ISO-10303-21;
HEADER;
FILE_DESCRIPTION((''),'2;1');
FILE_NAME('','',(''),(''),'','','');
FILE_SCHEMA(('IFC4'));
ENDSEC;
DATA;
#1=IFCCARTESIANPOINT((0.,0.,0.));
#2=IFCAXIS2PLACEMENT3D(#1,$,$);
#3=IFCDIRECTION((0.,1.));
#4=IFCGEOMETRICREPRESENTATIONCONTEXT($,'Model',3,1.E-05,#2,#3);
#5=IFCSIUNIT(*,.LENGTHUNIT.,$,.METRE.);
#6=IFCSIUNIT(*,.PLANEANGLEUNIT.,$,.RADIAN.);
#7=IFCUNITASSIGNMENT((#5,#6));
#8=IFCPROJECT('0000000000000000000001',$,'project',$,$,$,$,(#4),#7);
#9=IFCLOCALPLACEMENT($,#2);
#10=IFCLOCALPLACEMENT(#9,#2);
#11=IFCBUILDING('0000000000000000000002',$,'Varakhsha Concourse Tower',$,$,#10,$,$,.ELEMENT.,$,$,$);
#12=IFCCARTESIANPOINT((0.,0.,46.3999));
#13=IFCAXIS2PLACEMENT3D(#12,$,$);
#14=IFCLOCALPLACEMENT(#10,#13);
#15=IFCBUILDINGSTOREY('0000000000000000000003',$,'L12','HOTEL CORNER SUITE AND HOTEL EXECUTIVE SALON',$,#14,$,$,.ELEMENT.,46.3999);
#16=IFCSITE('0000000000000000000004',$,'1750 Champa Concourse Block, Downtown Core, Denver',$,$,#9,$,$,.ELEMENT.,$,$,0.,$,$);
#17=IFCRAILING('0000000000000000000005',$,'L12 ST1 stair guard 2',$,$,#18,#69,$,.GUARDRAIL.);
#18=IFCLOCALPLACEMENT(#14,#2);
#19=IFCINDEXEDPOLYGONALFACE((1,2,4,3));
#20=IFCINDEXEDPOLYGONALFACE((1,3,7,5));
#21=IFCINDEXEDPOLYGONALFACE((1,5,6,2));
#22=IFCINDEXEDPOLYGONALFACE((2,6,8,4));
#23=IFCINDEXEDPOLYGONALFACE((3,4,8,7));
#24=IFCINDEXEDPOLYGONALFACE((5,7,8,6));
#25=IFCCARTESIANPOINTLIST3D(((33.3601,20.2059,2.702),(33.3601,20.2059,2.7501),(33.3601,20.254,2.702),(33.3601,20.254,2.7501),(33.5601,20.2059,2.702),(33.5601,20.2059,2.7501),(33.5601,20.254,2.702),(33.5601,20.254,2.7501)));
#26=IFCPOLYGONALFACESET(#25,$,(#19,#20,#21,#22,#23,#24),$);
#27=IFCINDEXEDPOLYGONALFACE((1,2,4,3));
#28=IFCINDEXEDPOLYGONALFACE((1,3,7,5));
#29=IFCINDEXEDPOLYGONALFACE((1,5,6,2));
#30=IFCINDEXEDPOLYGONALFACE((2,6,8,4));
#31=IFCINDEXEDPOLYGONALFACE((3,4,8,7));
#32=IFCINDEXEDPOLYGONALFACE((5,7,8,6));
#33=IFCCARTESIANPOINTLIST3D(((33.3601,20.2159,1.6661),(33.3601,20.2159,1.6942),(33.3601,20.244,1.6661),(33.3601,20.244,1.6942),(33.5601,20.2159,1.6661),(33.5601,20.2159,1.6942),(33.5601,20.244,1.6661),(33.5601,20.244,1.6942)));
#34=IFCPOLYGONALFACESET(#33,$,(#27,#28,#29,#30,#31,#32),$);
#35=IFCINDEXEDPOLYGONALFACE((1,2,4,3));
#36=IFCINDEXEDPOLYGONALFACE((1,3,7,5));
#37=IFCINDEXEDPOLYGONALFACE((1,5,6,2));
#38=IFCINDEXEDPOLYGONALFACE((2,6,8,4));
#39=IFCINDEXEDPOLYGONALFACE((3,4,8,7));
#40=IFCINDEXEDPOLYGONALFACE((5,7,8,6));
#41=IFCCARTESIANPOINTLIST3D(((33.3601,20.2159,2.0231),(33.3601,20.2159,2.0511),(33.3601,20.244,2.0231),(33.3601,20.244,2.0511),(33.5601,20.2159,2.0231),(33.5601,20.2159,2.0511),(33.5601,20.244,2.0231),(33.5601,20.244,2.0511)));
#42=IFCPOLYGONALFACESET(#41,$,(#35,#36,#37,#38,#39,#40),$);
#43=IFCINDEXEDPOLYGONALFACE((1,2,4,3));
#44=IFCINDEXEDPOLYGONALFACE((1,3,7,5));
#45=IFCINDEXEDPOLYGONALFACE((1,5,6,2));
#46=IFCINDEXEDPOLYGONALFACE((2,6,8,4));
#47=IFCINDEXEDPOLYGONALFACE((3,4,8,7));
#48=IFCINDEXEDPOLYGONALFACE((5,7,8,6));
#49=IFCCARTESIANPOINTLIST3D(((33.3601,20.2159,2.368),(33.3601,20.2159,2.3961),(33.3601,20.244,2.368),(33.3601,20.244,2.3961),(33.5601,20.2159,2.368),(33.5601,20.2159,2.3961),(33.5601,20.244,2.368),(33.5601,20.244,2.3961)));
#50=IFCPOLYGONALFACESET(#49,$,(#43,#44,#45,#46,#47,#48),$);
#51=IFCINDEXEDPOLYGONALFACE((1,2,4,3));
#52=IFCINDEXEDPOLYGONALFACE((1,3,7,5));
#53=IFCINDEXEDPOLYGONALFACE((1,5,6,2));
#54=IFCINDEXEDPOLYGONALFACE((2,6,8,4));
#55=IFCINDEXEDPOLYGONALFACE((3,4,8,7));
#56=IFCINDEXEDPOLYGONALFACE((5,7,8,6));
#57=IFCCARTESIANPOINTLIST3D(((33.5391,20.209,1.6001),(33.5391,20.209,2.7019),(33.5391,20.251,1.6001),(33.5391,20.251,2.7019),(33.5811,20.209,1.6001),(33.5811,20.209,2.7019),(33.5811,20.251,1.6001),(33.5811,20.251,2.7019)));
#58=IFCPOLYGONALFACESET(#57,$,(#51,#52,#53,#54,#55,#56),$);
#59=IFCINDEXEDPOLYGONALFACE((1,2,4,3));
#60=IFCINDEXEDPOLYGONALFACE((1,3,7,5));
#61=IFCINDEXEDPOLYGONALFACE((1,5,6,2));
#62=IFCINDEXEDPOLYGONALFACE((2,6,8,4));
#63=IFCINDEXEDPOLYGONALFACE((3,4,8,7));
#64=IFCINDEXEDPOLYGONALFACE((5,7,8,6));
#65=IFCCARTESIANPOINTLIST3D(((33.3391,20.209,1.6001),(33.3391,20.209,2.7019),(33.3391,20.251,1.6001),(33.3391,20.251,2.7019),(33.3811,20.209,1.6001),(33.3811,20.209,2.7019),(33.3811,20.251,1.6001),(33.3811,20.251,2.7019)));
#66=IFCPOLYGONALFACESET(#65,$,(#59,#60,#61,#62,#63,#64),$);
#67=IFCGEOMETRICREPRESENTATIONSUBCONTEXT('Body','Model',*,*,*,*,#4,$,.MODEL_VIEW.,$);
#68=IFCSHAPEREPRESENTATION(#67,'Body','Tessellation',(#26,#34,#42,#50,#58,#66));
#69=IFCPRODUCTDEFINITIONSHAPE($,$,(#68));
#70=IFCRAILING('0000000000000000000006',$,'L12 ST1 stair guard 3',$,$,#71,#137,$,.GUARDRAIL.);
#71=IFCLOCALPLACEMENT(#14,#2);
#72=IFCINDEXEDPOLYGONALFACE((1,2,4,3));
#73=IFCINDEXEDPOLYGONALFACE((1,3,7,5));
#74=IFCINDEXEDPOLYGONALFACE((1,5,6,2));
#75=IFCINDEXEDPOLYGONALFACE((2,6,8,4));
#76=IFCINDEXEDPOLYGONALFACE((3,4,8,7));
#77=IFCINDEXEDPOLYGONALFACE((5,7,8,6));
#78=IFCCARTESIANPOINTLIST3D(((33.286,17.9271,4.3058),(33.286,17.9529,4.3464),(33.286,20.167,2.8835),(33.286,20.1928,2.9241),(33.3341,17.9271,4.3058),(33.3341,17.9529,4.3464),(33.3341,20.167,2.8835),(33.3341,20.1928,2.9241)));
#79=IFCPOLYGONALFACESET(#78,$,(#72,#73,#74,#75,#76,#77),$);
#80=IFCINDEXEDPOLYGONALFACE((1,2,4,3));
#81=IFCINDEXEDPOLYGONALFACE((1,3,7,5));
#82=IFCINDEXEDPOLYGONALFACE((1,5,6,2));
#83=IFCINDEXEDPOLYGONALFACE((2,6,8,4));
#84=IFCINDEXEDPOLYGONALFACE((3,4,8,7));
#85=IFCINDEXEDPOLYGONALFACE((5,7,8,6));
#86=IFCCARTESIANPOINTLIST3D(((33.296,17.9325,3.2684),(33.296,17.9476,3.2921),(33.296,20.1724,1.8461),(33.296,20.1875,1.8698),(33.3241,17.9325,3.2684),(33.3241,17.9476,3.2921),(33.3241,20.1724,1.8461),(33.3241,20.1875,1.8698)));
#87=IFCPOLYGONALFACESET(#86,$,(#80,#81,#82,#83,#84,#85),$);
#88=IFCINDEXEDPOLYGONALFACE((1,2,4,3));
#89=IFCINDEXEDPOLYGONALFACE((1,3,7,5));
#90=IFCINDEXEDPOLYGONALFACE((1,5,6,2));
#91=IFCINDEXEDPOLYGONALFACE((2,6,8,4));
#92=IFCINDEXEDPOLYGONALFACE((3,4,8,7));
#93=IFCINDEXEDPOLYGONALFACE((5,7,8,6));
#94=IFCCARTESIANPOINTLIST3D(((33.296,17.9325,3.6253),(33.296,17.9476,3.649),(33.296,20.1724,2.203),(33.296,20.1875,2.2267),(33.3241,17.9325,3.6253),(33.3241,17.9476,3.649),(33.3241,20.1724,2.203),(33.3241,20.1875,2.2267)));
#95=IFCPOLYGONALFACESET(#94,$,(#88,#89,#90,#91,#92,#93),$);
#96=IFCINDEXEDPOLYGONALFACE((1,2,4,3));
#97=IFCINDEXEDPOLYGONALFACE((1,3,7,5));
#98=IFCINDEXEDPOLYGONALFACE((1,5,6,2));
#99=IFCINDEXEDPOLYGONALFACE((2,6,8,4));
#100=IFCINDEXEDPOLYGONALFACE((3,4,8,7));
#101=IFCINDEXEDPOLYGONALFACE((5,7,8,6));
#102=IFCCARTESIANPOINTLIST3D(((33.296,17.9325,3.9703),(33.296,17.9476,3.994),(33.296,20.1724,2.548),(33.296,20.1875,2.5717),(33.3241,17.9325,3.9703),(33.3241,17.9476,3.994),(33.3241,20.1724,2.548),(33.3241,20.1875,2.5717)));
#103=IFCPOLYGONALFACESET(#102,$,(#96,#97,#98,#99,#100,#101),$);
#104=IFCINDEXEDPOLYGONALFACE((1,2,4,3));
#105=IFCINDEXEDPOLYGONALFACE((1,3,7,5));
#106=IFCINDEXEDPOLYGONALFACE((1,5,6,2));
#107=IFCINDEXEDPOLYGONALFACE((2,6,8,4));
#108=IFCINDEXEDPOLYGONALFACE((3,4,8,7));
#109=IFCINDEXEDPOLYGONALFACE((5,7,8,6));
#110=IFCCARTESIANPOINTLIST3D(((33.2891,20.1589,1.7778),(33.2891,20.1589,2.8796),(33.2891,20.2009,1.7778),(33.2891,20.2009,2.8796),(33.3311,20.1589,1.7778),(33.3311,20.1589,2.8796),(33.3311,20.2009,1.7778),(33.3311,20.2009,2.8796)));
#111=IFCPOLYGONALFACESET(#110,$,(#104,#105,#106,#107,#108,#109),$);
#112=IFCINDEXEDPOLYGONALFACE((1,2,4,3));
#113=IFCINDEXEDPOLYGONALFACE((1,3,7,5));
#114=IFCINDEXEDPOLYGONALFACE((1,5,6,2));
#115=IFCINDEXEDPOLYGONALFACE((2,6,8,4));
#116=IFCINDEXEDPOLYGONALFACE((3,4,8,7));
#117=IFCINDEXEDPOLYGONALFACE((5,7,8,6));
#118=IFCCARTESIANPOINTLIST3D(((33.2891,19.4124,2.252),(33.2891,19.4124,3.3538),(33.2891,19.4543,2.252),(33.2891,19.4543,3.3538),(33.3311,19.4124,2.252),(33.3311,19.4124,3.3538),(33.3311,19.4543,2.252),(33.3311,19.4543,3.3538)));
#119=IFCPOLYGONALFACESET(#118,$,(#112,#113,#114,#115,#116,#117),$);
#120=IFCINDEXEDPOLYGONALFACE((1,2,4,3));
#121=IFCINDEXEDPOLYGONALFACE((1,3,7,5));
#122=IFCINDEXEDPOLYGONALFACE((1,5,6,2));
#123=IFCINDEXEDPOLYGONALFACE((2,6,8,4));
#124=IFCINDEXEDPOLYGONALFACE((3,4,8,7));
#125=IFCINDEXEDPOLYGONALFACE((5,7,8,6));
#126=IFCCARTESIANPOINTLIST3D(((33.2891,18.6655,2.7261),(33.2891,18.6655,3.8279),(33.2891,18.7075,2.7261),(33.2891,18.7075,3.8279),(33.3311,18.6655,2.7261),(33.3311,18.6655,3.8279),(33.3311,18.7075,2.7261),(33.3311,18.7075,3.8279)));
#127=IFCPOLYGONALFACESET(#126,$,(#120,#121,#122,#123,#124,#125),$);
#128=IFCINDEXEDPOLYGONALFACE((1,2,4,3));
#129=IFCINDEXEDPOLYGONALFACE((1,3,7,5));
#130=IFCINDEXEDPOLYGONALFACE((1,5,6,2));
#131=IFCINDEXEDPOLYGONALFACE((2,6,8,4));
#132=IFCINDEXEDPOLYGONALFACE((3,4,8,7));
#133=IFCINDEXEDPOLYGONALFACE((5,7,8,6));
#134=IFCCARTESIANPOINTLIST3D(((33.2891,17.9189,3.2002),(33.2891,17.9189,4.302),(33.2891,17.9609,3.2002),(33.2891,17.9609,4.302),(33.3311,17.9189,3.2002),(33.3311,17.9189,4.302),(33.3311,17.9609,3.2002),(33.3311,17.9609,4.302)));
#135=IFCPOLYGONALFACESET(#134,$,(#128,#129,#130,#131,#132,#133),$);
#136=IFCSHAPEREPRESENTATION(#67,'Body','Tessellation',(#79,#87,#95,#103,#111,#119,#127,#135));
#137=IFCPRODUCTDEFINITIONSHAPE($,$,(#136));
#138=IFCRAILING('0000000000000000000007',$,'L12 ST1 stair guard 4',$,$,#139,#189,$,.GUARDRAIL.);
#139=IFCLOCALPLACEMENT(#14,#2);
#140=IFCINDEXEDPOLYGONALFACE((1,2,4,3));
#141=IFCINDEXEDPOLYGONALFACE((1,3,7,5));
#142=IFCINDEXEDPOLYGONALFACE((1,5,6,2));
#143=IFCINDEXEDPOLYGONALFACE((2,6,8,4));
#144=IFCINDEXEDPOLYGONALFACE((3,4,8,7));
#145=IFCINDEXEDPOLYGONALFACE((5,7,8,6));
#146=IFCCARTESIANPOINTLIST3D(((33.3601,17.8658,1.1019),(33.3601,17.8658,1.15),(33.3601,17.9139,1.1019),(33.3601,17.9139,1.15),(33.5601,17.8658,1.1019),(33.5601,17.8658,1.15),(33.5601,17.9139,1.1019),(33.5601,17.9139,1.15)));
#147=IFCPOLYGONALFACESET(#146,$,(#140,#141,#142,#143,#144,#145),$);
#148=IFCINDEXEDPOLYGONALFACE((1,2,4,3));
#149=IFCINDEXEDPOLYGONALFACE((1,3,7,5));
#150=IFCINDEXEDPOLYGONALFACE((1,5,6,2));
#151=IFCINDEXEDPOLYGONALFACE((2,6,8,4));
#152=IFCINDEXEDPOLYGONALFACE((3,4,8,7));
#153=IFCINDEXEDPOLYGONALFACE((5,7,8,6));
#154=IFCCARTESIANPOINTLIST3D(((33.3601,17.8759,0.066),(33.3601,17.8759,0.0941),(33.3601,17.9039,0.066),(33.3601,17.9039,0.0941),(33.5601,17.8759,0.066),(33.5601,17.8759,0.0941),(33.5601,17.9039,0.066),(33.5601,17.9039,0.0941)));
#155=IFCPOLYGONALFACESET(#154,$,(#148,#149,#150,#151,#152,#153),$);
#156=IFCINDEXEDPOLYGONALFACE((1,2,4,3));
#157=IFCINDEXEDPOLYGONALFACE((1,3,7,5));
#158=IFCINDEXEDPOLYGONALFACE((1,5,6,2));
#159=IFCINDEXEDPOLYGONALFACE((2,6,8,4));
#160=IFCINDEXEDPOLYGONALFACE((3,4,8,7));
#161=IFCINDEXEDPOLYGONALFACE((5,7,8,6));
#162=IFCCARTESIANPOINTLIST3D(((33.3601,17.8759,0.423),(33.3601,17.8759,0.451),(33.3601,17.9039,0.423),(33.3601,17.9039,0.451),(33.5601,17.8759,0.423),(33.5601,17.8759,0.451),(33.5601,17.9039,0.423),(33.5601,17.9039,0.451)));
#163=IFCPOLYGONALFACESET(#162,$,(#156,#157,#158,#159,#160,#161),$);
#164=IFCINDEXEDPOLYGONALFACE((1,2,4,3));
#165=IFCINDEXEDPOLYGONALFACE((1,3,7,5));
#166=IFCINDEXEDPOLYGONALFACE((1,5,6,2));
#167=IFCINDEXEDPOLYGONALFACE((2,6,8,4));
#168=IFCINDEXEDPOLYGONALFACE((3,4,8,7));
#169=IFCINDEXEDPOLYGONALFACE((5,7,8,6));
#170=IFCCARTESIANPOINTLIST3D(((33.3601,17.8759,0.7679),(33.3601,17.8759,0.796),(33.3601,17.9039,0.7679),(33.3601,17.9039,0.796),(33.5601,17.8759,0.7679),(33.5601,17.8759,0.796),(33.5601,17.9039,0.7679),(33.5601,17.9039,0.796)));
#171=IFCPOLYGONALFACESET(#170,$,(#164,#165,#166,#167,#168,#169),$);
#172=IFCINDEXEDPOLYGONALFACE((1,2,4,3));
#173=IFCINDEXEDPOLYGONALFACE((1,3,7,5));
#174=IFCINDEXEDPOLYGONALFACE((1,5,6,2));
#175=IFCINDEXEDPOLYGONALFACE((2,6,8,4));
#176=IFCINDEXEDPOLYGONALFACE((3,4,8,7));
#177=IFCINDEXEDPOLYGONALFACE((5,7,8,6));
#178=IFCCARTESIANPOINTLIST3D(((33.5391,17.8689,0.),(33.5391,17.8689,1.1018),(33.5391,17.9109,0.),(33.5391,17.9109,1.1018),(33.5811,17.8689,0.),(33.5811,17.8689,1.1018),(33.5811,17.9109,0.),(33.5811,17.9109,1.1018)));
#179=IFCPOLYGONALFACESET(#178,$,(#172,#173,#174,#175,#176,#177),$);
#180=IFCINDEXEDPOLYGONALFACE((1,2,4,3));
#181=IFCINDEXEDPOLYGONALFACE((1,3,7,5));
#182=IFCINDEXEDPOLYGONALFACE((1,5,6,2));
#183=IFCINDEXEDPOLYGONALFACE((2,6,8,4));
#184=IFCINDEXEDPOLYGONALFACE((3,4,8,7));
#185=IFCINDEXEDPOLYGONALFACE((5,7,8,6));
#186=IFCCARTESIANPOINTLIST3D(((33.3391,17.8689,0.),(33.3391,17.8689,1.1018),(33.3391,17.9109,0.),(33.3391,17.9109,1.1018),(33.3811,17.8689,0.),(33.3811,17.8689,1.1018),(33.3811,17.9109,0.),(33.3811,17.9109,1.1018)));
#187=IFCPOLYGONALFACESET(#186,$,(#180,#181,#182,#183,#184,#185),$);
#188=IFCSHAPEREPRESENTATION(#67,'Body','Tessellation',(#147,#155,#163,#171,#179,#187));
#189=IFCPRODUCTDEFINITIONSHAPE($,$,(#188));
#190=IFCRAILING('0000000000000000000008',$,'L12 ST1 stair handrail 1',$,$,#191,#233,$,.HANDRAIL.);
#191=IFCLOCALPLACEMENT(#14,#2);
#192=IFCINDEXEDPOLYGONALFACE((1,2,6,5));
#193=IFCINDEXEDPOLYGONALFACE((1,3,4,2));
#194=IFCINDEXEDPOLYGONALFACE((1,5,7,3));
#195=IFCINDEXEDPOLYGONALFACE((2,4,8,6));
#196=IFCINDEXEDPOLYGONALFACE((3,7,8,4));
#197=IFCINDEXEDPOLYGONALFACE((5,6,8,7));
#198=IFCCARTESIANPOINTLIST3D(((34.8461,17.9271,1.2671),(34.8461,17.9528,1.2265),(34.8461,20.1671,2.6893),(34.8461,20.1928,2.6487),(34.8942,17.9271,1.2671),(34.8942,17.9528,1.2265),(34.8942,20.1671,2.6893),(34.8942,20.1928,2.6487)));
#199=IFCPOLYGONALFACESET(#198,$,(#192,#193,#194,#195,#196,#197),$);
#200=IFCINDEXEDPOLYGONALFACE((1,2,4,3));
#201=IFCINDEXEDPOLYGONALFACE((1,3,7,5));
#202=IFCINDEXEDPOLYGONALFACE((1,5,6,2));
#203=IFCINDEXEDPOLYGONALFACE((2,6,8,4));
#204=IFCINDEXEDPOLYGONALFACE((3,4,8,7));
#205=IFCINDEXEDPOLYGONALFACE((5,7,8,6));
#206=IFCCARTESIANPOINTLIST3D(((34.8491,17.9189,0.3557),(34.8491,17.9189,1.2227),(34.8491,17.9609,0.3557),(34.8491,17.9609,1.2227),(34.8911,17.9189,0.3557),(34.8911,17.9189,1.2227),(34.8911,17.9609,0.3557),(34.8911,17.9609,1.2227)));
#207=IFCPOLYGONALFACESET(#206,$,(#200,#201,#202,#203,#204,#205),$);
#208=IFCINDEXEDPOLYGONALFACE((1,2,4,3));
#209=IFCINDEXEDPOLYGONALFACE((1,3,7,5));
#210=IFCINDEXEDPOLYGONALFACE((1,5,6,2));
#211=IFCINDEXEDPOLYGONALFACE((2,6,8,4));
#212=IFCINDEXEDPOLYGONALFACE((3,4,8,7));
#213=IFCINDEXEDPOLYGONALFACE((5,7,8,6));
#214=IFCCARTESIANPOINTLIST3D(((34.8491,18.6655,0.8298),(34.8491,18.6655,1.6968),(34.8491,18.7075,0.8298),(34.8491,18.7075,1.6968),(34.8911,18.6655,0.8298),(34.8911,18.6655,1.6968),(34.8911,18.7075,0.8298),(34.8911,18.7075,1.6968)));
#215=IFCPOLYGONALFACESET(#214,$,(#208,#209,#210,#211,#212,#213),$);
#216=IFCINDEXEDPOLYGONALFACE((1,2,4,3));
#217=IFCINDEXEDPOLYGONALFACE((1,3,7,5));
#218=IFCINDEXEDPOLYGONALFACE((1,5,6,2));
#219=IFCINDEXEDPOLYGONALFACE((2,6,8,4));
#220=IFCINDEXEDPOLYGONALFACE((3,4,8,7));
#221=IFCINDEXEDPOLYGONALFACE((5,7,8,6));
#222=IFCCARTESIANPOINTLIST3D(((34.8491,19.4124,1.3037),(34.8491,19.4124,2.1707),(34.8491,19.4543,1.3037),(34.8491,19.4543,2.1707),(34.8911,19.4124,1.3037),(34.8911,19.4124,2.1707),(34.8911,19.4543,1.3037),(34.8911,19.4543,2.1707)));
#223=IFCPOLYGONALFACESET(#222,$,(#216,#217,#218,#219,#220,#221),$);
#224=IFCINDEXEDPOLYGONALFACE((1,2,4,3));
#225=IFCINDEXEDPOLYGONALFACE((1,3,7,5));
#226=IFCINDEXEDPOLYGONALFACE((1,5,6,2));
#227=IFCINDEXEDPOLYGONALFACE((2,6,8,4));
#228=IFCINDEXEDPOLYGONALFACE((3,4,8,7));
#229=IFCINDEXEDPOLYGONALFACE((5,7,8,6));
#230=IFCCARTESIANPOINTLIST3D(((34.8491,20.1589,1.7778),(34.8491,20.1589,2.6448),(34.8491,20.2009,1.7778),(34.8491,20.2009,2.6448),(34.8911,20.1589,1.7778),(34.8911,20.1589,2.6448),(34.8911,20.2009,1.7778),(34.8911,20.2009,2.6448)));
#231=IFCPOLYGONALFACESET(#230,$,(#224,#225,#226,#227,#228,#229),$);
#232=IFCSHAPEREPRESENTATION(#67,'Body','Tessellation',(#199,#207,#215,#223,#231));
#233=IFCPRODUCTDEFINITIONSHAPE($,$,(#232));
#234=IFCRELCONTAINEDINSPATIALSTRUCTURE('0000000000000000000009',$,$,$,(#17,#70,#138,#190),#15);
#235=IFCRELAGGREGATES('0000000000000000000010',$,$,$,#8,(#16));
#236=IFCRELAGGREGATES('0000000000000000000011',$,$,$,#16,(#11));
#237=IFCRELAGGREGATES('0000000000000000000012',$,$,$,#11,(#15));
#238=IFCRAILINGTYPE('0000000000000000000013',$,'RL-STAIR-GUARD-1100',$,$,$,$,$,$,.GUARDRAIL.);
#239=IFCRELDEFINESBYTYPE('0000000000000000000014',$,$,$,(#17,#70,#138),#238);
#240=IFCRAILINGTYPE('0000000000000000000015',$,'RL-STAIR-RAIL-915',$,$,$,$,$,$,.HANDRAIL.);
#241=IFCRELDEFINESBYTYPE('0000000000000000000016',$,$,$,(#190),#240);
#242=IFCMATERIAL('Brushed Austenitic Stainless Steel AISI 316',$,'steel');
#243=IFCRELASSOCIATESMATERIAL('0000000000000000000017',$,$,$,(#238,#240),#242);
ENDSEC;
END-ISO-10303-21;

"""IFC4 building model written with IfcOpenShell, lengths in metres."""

from ifc_helpers import new_model, si_unit, direction, frame, origin, origin_2d, place, context, subcontext, project, spatial, rectangle, extrude, material, type_object, element, save


model = new_model("IFC4")

# Units and contexts
model_context = context("Model", 3, precision=1e-05, world=origin(), true_north=direction((0.0, 1.0)))
body_context = subcontext(model_context, "Body", "Model", "MODEL_VIEW")
ifc_project = project(units=[si_unit("LENGTHUNIT", "METRE"), si_unit("PLANEANGLEUNIT", "RADIAN")], contexts=[model_context])

# Site, building, storey
site_placement = place(None, origin())
site = spatial("IfcSite", under=ifc_project, at=site_placement, Name="1750 Champa Concourse Block, Downtown Core, Denver", CompositionType="ELEMENT", RefElevation=0.0)
building_placement = place(site_placement, origin())
building = spatial("IfcBuilding", under=site, at=building_placement, Name="Varakhsha Concourse Tower", CompositionType="ELEMENT")
storey_placement = place(building_placement, frame((0.0, 0.0, 46.3999)))
storey = spatial("IfcBuildingStorey", under=building, at=storey_placement, Name="L12", Description="HOTEL CORNER SUITE AND HOTEL EXECUTIVE SALON", CompositionType="ELEMENT", Elevation=46.3999)

# Railings
ifc_material_1 = material(Name="Brushed Austenitic Stainless Steel AISI 316", Category="steel")
railing_type_1 = type_object("IfcRailingType", Name="RL-STAIR-GUARD-1100", PredefinedType="GUARDRAIL", material=ifc_material_1)
railing_1_placement = place(storey_placement, frame((33.5601, 20.23, 1.6001)))
element("IfcRailing", 1, at=railing_1_placement, inside=storey, type_object=railing_type_1, Name="L12 ST1 stair guard 2", PredefinedType="GUARDRAIL", context=body_context, shape_type="SweptSolid", body=[
    extrude(rectangle(XDim=0.0481, YDim=0.0481, at=origin_2d()), frame((0.0, 0.0, 1.126), z_axis=(-1.0, 0.0, 0.0), x_axis=(0.0, -1.0, 0.0)), (0.0, 0.0, 1.0), 0.2),
    extrude(rectangle(XDim=0.0281, YDim=0.0281, at=origin_2d()), frame((0.0, 0.0, 0.0801), z_axis=(-1.0, 0.0, 0.0), x_axis=(0.0, -1.0, 0.0)), (0.0, 0.0, 1.0), 0.2),
    extrude(rectangle(XDim=0.0281, YDim=0.0281, at=origin_2d()), frame((0.0, 0.0, 0.437), z_axis=(-1.0, 0.0, 0.0), x_axis=(0.0, -1.0, 0.0)), (0.0, 0.0, 1.0), 0.2),
    extrude(rectangle(XDim=0.0281, YDim=0.0281, at=origin_2d()), frame((0.0, 0.0, 0.782), z_axis=(-1.0, 0.0, 0.0), x_axis=(0.0, -1.0, 0.0)), (0.0, 0.0, 1.0), 0.2),
    extrude(rectangle(XDim=0.042, YDim=0.042, at=origin_2d()), origin(), (0.0, 0.0, 1.0), 1.1018),
    extrude(rectangle(XDim=0.042, YDim=0.042, at=origin_2d()), frame((-0.2, 0.0, 0.0)), (0.0, 0.0, 1.0), 1.1018),
])
railing_2_placement = place(storey_placement, frame((33.3101, 20.1799, 1.7778)))
element("IfcRailing", 2, at=railing_2_placement, inside=storey, type_object=railing_type_1, Name="L12 ST1 stair guard 3", PredefinedType="GUARDRAIL", context=body_context, shape_type="SweptSolid", body=[
    extrude(rectangle(XDim=0.0481, YDim=0.0481, at=origin_2d()), frame((0.0, 0.0, 1.126), z_axis=(0.0, -0.844188, 0.536048), x_axis=(1.0, 0.0, 0.0)), (0.0, 0.0, 1.0), 2.6533),
    extrude(rectangle(XDim=0.0281, YDim=0.0281, at=origin_2d()), frame((0.0, 0.0, 0.0801), z_axis=(0.0, -0.844188, 0.536048), x_axis=(1.0, 0.0, 0.0)), (0.0, 0.0, 1.0), 2.6533),
    extrude(rectangle(XDim=0.0281, YDim=0.0281, at=origin_2d()), frame((0.0, 0.0, 0.437), z_axis=(0.0, -0.844188, 0.536048), x_axis=(1.0, 0.0, 0.0)), (0.0, 0.0, 1.0), 2.6533),
    extrude(rectangle(XDim=0.0281, YDim=0.0281, at=origin_2d()), frame((0.0, 0.0, 0.782), z_axis=(0.0, -0.844188, 0.536048), x_axis=(1.0, 0.0, 0.0)), (0.0, 0.0, 1.0), 2.6533),
    extrude(rectangle(XDim=0.042, YDim=0.042, at=origin_2d()), origin(), (0.0, 0.0, 1.0), 1.1018),
    extrude(rectangle(XDim=0.042, YDim=0.042, at=origin_2d()), frame((0.0, -0.7466, 0.4741)), (0.0, 0.0, 1.0), 1.1018),
    extrude(rectangle(XDim=0.042, YDim=0.042, at=origin_2d()), frame((0.0, -1.4934, 0.9482)), (0.0, 0.0, 1.0), 1.1018),
    extrude(rectangle(XDim=0.042, YDim=0.042, at=origin_2d()), frame((0.0, -2.24, 1.4224)), (0.0, 0.0, 1.0), 1.1018),
])
railing_3_placement = place(storey_placement, frame((33.5601, 17.8899, 0.0)))
element("IfcRailing", 3, at=railing_3_placement, inside=storey, type_object=railing_type_1, Name="L12 ST1 stair guard 4", PredefinedType="GUARDRAIL", context=body_context, shape_type="SweptSolid", body=[
    extrude(rectangle(XDim=0.0481, YDim=0.0481, at=origin_2d()), frame((0.0, 0.0, 1.126), z_axis=(-1.0, 0.0, 0.0), x_axis=(0.0, -1.0, 0.0)), (0.0, 0.0, 1.0), 0.2),
    extrude(rectangle(XDim=0.0281, YDim=0.0281, at=origin_2d()), frame((0.0, 0.0, 0.0801), z_axis=(-1.0, 0.0, 0.0), x_axis=(0.0, -1.0, 0.0)), (0.0, 0.0, 1.0), 0.2),
    extrude(rectangle(XDim=0.0281, YDim=0.0281, at=origin_2d()), frame((0.0, 0.0, 0.437), z_axis=(-1.0, 0.0, 0.0), x_axis=(0.0, -1.0, 0.0)), (0.0, 0.0, 1.0), 0.2),
    extrude(rectangle(XDim=0.0281, YDim=0.0281, at=origin_2d()), frame((0.0, 0.0, 0.782), z_axis=(-1.0, 0.0, 0.0), x_axis=(0.0, -1.0, 0.0)), (0.0, 0.0, 1.0), 0.2),
    extrude(rectangle(XDim=0.042, YDim=0.042, at=origin_2d()), origin(), (0.0, 0.0, 1.0), 1.1018),
    extrude(rectangle(XDim=0.042, YDim=0.042, at=origin_2d()), frame((-0.2, 0.0, 0.0)), (0.0, 0.0, 1.0), 1.1018),
])
railing_type_2 = type_object("IfcRailingType", Name="RL-STAIR-RAIL-915", PredefinedType="HANDRAIL", material=ifc_material_1)
railing_4_placement = place(storey_placement, frame((34.8701, 17.9399, 0.3557)))
element("IfcRailing", 4, at=railing_4_placement, inside=storey, type_object=railing_type_2, Name="L12 ST1 stair handrail 1", PredefinedType="HANDRAIL", context=body_context, shape_type="SweptSolid", body=[
    extrude(rectangle(XDim=0.0481, YDim=0.0481, at=origin_2d()), frame((0.0, 0.0, 0.8911), z_axis=(0.0, 0.844229, 0.535982), x_axis=(-1.0, 0.0, 0.0)), (0.0, 0.0, 1.0), 2.6533),
    extrude(rectangle(XDim=0.042, YDim=0.042, at=origin_2d()), origin(), (0.0, 0.0, 1.0), 0.8669),
    extrude(rectangle(XDim=0.042, YDim=0.042, at=origin_2d()), frame((0.0, 0.7466, 0.4741)), (0.0, 0.0, 1.0), 0.8669),
    extrude(rectangle(XDim=0.042, YDim=0.042, at=origin_2d()), frame((0.0, 1.4934, 0.948)), (0.0, 0.0, 1.0), 0.8669),
    extrude(rectangle(XDim=0.042, YDim=0.042, at=origin_2d()), frame((0.0, 2.24, 1.4221)), (0.0, 0.0, 1.0), 0.8669),
])

save(model, "model.ifc")
